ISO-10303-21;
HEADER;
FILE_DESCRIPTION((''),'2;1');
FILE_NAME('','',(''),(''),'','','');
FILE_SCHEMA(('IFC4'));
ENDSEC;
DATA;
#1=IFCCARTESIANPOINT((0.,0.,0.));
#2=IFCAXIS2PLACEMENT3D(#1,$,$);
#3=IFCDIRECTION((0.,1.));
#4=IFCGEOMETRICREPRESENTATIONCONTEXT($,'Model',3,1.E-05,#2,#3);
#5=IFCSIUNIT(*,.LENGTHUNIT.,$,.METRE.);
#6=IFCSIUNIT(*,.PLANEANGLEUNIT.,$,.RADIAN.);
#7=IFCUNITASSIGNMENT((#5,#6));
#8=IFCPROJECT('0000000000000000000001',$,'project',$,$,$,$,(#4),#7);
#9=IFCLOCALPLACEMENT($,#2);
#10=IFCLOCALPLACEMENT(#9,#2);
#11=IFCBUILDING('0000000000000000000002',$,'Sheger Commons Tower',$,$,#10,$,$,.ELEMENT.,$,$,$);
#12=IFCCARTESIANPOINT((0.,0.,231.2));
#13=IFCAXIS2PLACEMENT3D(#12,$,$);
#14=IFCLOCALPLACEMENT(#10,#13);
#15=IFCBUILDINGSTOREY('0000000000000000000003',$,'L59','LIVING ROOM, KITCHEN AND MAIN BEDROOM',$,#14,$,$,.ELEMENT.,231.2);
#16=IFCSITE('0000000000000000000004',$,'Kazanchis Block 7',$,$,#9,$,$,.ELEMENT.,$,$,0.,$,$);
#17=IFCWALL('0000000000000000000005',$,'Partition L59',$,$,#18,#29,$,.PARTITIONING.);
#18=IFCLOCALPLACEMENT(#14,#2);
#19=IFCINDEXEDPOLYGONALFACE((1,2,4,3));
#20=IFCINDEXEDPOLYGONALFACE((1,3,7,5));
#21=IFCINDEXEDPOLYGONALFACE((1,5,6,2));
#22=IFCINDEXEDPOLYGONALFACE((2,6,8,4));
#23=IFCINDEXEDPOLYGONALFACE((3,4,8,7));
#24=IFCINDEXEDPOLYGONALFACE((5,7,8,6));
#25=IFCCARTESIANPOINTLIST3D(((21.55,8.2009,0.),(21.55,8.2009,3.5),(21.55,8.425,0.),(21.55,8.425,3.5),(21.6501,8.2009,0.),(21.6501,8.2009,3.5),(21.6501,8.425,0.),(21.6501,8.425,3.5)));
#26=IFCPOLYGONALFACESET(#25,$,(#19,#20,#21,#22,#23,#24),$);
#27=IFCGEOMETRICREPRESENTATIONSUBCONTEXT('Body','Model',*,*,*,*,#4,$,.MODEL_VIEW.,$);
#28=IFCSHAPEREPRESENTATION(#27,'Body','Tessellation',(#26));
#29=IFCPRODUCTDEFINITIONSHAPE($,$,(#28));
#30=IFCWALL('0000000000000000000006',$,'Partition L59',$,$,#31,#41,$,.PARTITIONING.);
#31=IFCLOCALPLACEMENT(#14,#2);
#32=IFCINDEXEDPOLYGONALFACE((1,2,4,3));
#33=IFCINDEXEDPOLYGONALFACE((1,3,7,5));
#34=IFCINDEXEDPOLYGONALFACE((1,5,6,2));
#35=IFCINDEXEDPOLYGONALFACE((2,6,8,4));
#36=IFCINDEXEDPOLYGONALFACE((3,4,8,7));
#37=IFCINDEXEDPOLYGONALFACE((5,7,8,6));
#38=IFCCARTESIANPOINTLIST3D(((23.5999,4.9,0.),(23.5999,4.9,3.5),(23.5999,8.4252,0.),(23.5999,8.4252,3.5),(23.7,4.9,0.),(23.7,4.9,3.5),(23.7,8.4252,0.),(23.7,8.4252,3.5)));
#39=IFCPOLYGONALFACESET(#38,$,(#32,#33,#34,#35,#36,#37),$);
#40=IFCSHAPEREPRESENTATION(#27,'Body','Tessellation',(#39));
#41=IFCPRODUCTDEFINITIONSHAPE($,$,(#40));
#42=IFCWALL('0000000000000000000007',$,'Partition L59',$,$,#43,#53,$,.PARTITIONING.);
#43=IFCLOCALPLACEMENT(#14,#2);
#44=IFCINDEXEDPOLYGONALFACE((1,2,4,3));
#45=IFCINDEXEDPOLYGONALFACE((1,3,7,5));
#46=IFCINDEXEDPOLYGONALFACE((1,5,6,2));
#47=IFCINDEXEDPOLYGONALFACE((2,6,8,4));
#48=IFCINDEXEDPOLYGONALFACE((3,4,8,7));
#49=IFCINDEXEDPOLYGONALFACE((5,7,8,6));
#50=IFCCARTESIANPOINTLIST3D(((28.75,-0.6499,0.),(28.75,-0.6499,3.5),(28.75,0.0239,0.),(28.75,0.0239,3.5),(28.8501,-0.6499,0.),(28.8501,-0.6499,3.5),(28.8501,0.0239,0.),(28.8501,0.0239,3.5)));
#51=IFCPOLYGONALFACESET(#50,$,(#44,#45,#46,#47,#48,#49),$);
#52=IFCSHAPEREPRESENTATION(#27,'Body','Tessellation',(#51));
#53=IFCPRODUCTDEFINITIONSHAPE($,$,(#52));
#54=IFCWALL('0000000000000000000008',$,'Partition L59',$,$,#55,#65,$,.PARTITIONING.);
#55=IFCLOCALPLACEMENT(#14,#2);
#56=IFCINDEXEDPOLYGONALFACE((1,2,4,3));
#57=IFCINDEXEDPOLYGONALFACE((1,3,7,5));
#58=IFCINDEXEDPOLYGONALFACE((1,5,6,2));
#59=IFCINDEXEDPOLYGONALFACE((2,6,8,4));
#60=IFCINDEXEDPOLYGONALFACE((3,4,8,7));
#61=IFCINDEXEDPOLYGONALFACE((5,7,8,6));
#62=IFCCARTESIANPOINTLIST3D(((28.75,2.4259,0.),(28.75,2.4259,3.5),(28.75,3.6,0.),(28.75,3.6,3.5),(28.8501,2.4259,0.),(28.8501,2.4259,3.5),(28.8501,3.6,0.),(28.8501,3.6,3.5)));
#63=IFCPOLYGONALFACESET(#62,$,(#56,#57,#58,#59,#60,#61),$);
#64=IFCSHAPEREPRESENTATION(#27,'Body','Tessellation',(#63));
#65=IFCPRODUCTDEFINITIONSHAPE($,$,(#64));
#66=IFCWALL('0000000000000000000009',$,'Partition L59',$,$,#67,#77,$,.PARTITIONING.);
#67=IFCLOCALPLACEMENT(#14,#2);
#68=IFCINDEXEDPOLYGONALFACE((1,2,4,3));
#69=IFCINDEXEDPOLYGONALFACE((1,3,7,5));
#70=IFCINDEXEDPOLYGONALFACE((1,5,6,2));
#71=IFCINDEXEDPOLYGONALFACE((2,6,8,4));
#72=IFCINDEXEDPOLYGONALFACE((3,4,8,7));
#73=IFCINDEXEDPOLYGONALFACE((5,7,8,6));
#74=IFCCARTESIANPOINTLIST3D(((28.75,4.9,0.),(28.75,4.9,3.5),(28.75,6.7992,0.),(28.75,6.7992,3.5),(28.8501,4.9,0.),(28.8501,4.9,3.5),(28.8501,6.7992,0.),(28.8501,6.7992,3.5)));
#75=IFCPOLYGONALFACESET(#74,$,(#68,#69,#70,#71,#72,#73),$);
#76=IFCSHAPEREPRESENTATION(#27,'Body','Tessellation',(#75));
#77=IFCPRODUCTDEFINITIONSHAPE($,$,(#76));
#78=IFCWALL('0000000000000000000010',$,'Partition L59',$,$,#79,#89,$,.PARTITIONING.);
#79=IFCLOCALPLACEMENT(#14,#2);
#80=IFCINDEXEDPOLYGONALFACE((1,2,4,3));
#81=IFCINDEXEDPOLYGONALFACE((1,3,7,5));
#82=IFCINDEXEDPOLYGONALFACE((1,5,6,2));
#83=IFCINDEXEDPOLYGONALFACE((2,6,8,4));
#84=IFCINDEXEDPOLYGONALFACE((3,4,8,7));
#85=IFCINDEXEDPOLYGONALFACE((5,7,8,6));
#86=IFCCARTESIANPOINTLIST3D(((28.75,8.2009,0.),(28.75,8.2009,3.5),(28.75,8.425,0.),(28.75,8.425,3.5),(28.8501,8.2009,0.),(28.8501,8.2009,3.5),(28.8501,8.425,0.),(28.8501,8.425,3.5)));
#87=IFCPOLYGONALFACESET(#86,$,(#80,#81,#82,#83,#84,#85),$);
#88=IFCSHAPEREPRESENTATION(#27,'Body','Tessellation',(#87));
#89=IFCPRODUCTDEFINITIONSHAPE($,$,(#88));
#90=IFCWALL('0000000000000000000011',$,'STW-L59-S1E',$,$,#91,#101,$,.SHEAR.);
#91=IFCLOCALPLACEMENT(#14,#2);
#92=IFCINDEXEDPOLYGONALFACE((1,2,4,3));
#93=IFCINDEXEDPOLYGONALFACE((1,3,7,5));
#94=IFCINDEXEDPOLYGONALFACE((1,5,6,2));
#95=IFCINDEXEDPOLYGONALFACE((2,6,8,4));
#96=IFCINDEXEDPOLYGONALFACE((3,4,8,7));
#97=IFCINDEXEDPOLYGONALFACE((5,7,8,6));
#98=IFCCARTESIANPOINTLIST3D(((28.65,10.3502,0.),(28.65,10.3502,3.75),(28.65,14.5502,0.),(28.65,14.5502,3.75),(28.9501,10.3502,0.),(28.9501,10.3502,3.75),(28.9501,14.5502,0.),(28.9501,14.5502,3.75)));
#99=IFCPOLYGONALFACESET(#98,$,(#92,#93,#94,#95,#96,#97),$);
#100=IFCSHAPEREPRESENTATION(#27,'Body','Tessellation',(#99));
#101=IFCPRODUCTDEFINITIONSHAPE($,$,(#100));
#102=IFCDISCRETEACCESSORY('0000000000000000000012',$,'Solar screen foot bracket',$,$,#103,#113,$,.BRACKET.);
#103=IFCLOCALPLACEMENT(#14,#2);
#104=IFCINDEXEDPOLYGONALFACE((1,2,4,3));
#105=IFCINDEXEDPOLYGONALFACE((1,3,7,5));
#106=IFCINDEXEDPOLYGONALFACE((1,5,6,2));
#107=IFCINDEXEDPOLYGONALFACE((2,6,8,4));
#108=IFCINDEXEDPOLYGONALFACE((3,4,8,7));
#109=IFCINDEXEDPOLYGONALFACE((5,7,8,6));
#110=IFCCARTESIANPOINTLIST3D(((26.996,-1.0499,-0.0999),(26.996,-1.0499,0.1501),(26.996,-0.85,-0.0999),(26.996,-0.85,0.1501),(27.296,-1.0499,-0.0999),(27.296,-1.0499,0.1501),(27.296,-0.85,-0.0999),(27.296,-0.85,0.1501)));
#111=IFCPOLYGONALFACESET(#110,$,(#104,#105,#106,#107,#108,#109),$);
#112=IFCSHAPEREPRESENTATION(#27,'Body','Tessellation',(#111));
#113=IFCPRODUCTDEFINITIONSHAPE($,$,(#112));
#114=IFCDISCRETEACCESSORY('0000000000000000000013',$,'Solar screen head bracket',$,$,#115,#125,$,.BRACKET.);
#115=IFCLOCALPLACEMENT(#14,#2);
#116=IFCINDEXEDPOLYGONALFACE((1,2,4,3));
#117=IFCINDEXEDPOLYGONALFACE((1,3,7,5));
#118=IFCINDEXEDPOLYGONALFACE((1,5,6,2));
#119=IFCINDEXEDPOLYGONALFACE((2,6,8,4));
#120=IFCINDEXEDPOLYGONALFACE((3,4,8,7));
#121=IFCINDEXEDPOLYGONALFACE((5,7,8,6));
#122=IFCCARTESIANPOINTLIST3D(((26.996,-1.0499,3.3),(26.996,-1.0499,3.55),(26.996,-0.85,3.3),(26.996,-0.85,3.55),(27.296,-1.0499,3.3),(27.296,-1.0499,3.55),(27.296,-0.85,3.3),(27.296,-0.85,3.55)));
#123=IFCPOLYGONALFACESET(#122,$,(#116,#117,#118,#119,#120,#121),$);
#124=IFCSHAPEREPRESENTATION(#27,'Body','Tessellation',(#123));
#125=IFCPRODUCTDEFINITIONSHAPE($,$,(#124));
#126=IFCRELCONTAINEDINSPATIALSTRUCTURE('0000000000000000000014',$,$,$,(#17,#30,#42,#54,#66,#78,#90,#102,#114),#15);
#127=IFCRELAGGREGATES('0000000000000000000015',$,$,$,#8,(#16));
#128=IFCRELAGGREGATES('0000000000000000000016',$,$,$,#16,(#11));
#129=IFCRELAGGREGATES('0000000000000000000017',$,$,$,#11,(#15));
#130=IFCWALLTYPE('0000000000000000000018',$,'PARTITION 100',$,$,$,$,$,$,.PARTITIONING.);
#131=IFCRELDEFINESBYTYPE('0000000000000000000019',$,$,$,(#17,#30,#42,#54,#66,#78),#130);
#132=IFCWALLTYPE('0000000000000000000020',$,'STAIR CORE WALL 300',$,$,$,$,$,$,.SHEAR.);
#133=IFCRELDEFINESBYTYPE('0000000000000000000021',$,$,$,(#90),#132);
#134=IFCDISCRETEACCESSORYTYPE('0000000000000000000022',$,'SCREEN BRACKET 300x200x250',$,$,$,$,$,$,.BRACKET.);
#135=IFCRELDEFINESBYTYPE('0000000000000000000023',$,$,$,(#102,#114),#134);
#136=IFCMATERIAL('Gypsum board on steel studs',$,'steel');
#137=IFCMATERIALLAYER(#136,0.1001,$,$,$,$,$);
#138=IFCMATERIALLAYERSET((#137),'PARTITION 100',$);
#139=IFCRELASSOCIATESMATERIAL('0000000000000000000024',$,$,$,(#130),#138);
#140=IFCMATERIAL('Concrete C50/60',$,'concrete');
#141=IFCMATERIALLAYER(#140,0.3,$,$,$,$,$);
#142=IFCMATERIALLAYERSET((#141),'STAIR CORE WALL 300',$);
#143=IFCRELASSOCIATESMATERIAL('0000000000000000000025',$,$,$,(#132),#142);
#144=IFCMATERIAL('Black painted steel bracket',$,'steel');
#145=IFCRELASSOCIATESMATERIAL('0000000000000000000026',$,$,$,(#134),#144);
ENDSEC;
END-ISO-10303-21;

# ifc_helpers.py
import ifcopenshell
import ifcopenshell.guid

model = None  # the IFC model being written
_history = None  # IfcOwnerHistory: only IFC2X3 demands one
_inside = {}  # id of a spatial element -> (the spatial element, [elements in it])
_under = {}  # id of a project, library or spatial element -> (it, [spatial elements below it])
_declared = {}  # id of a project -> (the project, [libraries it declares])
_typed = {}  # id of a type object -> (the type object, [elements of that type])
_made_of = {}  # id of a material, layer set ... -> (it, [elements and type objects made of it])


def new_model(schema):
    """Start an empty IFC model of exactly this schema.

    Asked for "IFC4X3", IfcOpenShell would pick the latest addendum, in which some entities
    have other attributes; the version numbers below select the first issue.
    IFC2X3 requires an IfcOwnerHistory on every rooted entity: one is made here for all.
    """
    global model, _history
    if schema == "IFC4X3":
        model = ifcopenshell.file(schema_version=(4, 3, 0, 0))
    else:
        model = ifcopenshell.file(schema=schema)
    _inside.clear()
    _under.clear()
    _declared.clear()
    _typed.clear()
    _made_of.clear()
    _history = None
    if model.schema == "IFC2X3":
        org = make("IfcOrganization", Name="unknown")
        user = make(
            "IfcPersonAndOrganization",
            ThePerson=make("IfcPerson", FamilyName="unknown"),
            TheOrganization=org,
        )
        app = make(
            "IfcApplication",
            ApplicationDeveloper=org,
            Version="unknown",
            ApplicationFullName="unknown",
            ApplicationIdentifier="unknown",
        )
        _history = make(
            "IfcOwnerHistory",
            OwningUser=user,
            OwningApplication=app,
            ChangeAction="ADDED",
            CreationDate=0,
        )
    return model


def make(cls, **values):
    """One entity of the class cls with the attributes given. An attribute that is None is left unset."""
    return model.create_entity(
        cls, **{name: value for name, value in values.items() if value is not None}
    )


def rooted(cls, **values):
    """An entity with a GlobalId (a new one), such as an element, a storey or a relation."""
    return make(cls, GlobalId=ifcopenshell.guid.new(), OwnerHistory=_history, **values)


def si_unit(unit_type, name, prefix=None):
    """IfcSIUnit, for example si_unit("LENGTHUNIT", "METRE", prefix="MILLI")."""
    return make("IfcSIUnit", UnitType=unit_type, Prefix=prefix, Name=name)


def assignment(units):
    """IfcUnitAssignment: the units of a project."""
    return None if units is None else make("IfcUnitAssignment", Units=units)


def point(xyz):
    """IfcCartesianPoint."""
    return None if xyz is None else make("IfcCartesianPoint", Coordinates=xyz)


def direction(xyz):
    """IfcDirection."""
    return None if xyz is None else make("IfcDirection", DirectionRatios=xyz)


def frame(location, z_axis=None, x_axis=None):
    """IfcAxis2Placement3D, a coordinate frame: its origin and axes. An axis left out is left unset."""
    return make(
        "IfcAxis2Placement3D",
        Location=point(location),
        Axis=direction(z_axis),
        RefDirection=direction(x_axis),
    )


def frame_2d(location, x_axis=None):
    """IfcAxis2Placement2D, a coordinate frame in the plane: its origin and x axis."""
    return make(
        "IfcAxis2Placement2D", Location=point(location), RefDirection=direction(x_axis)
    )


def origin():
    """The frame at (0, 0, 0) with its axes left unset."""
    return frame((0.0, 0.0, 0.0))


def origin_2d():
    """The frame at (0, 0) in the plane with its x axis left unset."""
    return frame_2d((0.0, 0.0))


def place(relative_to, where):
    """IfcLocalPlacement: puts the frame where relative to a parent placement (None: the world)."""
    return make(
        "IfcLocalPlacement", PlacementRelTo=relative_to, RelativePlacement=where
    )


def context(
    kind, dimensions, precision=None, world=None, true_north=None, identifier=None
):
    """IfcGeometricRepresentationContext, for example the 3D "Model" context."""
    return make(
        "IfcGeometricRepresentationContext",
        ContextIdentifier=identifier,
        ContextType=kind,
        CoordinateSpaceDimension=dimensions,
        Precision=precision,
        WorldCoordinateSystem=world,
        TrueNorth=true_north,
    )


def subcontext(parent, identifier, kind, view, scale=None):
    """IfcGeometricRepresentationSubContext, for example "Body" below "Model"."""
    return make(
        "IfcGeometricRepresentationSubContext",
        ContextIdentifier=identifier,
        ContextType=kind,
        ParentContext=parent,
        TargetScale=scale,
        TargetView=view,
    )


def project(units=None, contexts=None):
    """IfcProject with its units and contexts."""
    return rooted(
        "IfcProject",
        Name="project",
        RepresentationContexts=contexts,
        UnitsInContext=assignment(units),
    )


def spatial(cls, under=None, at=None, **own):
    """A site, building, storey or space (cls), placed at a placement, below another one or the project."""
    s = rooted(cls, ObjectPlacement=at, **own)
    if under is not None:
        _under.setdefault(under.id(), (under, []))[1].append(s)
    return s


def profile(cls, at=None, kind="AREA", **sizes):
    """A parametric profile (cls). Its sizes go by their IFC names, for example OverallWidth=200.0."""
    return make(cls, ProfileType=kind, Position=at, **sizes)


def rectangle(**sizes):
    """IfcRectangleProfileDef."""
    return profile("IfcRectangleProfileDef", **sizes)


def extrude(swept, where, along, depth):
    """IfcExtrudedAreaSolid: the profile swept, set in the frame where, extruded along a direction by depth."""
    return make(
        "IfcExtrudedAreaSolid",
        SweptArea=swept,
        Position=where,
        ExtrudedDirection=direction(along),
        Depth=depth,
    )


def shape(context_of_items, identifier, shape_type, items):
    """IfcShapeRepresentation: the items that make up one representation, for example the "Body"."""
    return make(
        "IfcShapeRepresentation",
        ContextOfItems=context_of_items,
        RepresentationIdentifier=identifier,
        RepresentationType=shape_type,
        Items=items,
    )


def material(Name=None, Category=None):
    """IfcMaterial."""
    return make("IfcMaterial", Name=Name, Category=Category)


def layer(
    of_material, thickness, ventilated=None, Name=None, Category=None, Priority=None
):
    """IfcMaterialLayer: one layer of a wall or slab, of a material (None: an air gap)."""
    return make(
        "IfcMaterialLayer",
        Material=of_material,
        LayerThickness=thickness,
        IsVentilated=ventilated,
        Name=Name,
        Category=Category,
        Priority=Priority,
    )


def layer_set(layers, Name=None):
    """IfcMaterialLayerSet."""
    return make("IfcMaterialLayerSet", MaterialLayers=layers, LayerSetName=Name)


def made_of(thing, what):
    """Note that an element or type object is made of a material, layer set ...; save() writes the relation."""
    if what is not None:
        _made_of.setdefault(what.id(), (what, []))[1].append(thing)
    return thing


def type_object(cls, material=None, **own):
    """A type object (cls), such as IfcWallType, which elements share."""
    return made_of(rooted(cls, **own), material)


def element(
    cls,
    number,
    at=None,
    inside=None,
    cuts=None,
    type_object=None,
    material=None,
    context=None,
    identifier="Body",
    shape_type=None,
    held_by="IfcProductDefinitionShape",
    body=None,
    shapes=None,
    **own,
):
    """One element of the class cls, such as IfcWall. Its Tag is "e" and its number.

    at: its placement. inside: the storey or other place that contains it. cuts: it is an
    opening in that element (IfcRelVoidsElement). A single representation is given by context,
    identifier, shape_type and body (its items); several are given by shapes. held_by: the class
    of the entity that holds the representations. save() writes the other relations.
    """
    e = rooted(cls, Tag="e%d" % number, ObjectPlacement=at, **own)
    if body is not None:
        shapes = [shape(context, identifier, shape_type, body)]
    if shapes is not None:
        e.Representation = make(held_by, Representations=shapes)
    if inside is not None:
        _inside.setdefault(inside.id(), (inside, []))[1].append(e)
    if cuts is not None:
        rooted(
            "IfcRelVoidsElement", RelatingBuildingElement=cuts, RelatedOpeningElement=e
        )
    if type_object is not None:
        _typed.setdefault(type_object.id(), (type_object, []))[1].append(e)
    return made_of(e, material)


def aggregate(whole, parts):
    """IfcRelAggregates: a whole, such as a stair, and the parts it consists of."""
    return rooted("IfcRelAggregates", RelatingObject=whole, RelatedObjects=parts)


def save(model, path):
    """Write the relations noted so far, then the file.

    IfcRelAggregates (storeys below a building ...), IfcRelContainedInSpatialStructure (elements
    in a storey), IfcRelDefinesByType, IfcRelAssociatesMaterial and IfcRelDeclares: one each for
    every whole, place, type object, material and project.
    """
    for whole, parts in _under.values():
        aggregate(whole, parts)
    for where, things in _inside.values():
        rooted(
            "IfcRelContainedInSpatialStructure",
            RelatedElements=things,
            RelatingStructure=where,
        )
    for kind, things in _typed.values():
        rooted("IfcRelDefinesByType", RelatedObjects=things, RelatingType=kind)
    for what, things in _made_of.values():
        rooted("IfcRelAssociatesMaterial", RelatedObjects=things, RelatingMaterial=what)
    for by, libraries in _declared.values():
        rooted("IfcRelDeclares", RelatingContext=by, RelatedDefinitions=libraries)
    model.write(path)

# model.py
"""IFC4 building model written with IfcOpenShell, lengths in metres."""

from ifc_helpers import new_model, si_unit, direction, frame, frame_2d, origin, origin_2d, place, context, subcontext, project, spatial, rectangle, extrude, material, layer, layer_set, type_object, element, save


model = new_model("IFC4")

# Units and contexts
model_context = context("Model", 3, precision=1e-05, world=origin(), true_north=direction((0.0, 1.0)))
body_context = subcontext(model_context, "Body", "Model", "MODEL_VIEW")
ifc_project = project(units=[si_unit("LENGTHUNIT", "METRE"), si_unit("PLANEANGLEUNIT", "RADIAN")], contexts=[model_context])

# Site, building, storey
site_placement = place(None, origin())
site = spatial("IfcSite", under=ifc_project, at=site_placement, Name="Kazanchis Block 7", CompositionType="ELEMENT", RefElevation=0.0)
building_placement = place(site_placement, origin())
building = spatial("IfcBuilding", under=site, at=building_placement, Name="Sheger Commons Tower", CompositionType="ELEMENT")
storey_placement = place(building_placement, frame((0.0, 0.0, 231.2)))
storey = spatial("IfcBuildingStorey", under=building, at=storey_placement, Name="L59", Description="LIVING ROOM, KITCHEN AND MAIN BEDROOM", CompositionType="ELEMENT", Elevation=231.2)

# Shared definitions
ifc_material_1 = material(Name="Gypsum board on steel studs", Category="steel")
ifc_layer_1 = layer(ifc_material_1, 0.1001)
ifc_layer_set_1 = layer_set([ifc_layer_1], Name="PARTITION 100")
wall_type_1 = type_object("IfcWallType", Name="PARTITION 100", PredefinedType="PARTITIONING", material=ifc_layer_set_1)

# Walls
wall_1_placement = place(storey_placement, frame((21.6001, 8.2009, 0.0), z_axis=(0.0, 0.0, 1.0), x_axis=(0.0, 1.0, 0.0)))
element("IfcWall", 1, at=wall_1_placement, inside=storey, type_object=wall_type_1, Name="Partition L59", PredefinedType="PARTITIONING", context=body_context, shape_type="SweptSolid", body=[
    extrude(rectangle(XDim=0.2241, YDim=0.1001, at=frame_2d((0.1121, 0.0))), origin(), (0.0, 0.0, 1.0), 3.5),
])
wall_2_placement = place(storey_placement, frame((23.6499, 4.8999, 0.0), z_axis=(0.0, 0.0, 1.0), x_axis=(0.0, 1.0, 0.0)))
element("IfcWall", 2, at=wall_2_placement, inside=storey, type_object=wall_type_1, Name="Partition L59", PredefinedType="PARTITIONING", context=body_context, shape_type="SweptSolid", body=[
    extrude(rectangle(XDim=3.5251, YDim=0.1001, at=frame_2d((1.7627, 0.0))), origin(), (0.0, 0.0, 1.0), 3.5),
])
wall_3_placement = place(storey_placement, frame((28.8, -0.6499, 0.0), z_axis=(0.0, 0.0, 1.0), x_axis=(0.0, 1.0, 0.0)))
element("IfcWall", 3, at=wall_3_placement, inside=storey, type_object=wall_type_1, Name="Partition L59", PredefinedType="PARTITIONING", context=body_context, shape_type="SweptSolid", body=[
    extrude(rectangle(XDim=0.6738, YDim=0.1001, at=frame_2d((0.3369, 0.0))), origin(), (0.0, 0.0, 1.0), 3.5),
])
wall_4_placement = place(storey_placement, frame((28.8, 2.426, 0.0), z_axis=(0.0, 0.0, 1.0), x_axis=(0.0, 1.0, 0.0)))
element("IfcWall", 4, at=wall_4_placement, inside=storey, type_object=wall_type_1, Name="Partition L59", PredefinedType="PARTITIONING", context=body_context, shape_type="SweptSolid", body=[
    extrude(rectangle(XDim=1.1741, YDim=0.1001, at=frame_2d((0.5869, 0.0))), origin(), (0.0, 0.0, 1.0), 3.5),
])
wall_5_placement = place(storey_placement, frame((28.8, 4.8999, 0.0), z_axis=(0.0, 0.0, 1.0), x_axis=(0.0, 1.0, 0.0)))
element("IfcWall", 5, at=wall_5_placement, inside=storey, type_object=wall_type_1, Name="Partition L59", PredefinedType="PARTITIONING", context=body_context, shape_type="SweptSolid", body=[
    extrude(rectangle(XDim=1.8992, YDim=0.1001, at=frame_2d((0.9497, 0.0))), origin(), (0.0, 0.0, 1.0), 3.5),
])
wall_6_placement = place(storey_placement, frame((28.8, 8.2009, 0.0), z_axis=(0.0, 0.0, 1.0), x_axis=(0.0, 1.0, 0.0)))
element("IfcWall", 6, at=wall_6_placement, inside=storey, type_object=wall_type_1, Name="Partition L59", PredefinedType="PARTITIONING", context=body_context, shape_type="SweptSolid", body=[
    extrude(rectangle(XDim=0.2241, YDim=0.1001, at=frame_2d((0.1121, 0.0))), origin(), (0.0, 0.0, 1.0), 3.5),
])
ifc_material_2 = material(Name="Concrete C50/60", Category="concrete")
ifc_layer_2 = layer(ifc_material_2, 0.3)
ifc_layer_set_2 = layer_set([ifc_layer_2], Name="STAIR CORE WALL 300")
wall_type_2 = type_object("IfcWallType", Name="STAIR CORE WALL 300", PredefinedType="SHEAR", material=ifc_layer_set_2)
wall_7_placement = place(storey_placement, frame((28.8, 10.3501, 0.0), z_axis=(0.0, 0.0, 1.0), x_axis=(0.0, 1.0, 0.0)))
element("IfcWall", 7, at=wall_7_placement, inside=storey, type_object=wall_type_2, Name="STW-L59-S1E", PredefinedType="SHEAR", context=body_context, shape_type="SweptSolid", body=[
    extrude(rectangle(XDim=4.2, YDim=0.3, at=frame_2d((2.1001, 0.0))), origin(), (0.0, 0.0, 1.0), 3.75),
])

# Discrete accessories
ifc_material_3 = material(Name="Black painted steel bracket", Category="steel")
discrete_accessory_type = type_object("IfcDiscreteAccessoryType", Name="SCREEN BRACKET 300x200x250", PredefinedType="BRACKET", material=ifc_material_3)
for number, where, z_axis, x_axis, name in (
    (8, (27.146, -0.95, -0.0999), (0.0, 0.0, 1.0), (1.0, 0.0, 0.0), "Solar screen foot bracket"),
    (9, (27.146, -0.95, 3.3), (0.0, 0.0, 1.0), (1.0, 0.0, 0.0), "Solar screen head bracket"),
):
    element("IfcDiscreteAccessory", number, at=place(storey_placement, frame(where, z_axis=z_axis, x_axis=x_axis)), inside=storey, type_object=discrete_accessory_type, Name=name, PredefinedType="BRACKET", context=body_context, shape_type="SweptSolid", body=[
        extrude(rectangle(XDim=0.3, YDim=0.2, at=origin_2d()), origin(), (0.0, 0.0, 1.0), 0.25),
    ])

save(model, "model.ifc")
